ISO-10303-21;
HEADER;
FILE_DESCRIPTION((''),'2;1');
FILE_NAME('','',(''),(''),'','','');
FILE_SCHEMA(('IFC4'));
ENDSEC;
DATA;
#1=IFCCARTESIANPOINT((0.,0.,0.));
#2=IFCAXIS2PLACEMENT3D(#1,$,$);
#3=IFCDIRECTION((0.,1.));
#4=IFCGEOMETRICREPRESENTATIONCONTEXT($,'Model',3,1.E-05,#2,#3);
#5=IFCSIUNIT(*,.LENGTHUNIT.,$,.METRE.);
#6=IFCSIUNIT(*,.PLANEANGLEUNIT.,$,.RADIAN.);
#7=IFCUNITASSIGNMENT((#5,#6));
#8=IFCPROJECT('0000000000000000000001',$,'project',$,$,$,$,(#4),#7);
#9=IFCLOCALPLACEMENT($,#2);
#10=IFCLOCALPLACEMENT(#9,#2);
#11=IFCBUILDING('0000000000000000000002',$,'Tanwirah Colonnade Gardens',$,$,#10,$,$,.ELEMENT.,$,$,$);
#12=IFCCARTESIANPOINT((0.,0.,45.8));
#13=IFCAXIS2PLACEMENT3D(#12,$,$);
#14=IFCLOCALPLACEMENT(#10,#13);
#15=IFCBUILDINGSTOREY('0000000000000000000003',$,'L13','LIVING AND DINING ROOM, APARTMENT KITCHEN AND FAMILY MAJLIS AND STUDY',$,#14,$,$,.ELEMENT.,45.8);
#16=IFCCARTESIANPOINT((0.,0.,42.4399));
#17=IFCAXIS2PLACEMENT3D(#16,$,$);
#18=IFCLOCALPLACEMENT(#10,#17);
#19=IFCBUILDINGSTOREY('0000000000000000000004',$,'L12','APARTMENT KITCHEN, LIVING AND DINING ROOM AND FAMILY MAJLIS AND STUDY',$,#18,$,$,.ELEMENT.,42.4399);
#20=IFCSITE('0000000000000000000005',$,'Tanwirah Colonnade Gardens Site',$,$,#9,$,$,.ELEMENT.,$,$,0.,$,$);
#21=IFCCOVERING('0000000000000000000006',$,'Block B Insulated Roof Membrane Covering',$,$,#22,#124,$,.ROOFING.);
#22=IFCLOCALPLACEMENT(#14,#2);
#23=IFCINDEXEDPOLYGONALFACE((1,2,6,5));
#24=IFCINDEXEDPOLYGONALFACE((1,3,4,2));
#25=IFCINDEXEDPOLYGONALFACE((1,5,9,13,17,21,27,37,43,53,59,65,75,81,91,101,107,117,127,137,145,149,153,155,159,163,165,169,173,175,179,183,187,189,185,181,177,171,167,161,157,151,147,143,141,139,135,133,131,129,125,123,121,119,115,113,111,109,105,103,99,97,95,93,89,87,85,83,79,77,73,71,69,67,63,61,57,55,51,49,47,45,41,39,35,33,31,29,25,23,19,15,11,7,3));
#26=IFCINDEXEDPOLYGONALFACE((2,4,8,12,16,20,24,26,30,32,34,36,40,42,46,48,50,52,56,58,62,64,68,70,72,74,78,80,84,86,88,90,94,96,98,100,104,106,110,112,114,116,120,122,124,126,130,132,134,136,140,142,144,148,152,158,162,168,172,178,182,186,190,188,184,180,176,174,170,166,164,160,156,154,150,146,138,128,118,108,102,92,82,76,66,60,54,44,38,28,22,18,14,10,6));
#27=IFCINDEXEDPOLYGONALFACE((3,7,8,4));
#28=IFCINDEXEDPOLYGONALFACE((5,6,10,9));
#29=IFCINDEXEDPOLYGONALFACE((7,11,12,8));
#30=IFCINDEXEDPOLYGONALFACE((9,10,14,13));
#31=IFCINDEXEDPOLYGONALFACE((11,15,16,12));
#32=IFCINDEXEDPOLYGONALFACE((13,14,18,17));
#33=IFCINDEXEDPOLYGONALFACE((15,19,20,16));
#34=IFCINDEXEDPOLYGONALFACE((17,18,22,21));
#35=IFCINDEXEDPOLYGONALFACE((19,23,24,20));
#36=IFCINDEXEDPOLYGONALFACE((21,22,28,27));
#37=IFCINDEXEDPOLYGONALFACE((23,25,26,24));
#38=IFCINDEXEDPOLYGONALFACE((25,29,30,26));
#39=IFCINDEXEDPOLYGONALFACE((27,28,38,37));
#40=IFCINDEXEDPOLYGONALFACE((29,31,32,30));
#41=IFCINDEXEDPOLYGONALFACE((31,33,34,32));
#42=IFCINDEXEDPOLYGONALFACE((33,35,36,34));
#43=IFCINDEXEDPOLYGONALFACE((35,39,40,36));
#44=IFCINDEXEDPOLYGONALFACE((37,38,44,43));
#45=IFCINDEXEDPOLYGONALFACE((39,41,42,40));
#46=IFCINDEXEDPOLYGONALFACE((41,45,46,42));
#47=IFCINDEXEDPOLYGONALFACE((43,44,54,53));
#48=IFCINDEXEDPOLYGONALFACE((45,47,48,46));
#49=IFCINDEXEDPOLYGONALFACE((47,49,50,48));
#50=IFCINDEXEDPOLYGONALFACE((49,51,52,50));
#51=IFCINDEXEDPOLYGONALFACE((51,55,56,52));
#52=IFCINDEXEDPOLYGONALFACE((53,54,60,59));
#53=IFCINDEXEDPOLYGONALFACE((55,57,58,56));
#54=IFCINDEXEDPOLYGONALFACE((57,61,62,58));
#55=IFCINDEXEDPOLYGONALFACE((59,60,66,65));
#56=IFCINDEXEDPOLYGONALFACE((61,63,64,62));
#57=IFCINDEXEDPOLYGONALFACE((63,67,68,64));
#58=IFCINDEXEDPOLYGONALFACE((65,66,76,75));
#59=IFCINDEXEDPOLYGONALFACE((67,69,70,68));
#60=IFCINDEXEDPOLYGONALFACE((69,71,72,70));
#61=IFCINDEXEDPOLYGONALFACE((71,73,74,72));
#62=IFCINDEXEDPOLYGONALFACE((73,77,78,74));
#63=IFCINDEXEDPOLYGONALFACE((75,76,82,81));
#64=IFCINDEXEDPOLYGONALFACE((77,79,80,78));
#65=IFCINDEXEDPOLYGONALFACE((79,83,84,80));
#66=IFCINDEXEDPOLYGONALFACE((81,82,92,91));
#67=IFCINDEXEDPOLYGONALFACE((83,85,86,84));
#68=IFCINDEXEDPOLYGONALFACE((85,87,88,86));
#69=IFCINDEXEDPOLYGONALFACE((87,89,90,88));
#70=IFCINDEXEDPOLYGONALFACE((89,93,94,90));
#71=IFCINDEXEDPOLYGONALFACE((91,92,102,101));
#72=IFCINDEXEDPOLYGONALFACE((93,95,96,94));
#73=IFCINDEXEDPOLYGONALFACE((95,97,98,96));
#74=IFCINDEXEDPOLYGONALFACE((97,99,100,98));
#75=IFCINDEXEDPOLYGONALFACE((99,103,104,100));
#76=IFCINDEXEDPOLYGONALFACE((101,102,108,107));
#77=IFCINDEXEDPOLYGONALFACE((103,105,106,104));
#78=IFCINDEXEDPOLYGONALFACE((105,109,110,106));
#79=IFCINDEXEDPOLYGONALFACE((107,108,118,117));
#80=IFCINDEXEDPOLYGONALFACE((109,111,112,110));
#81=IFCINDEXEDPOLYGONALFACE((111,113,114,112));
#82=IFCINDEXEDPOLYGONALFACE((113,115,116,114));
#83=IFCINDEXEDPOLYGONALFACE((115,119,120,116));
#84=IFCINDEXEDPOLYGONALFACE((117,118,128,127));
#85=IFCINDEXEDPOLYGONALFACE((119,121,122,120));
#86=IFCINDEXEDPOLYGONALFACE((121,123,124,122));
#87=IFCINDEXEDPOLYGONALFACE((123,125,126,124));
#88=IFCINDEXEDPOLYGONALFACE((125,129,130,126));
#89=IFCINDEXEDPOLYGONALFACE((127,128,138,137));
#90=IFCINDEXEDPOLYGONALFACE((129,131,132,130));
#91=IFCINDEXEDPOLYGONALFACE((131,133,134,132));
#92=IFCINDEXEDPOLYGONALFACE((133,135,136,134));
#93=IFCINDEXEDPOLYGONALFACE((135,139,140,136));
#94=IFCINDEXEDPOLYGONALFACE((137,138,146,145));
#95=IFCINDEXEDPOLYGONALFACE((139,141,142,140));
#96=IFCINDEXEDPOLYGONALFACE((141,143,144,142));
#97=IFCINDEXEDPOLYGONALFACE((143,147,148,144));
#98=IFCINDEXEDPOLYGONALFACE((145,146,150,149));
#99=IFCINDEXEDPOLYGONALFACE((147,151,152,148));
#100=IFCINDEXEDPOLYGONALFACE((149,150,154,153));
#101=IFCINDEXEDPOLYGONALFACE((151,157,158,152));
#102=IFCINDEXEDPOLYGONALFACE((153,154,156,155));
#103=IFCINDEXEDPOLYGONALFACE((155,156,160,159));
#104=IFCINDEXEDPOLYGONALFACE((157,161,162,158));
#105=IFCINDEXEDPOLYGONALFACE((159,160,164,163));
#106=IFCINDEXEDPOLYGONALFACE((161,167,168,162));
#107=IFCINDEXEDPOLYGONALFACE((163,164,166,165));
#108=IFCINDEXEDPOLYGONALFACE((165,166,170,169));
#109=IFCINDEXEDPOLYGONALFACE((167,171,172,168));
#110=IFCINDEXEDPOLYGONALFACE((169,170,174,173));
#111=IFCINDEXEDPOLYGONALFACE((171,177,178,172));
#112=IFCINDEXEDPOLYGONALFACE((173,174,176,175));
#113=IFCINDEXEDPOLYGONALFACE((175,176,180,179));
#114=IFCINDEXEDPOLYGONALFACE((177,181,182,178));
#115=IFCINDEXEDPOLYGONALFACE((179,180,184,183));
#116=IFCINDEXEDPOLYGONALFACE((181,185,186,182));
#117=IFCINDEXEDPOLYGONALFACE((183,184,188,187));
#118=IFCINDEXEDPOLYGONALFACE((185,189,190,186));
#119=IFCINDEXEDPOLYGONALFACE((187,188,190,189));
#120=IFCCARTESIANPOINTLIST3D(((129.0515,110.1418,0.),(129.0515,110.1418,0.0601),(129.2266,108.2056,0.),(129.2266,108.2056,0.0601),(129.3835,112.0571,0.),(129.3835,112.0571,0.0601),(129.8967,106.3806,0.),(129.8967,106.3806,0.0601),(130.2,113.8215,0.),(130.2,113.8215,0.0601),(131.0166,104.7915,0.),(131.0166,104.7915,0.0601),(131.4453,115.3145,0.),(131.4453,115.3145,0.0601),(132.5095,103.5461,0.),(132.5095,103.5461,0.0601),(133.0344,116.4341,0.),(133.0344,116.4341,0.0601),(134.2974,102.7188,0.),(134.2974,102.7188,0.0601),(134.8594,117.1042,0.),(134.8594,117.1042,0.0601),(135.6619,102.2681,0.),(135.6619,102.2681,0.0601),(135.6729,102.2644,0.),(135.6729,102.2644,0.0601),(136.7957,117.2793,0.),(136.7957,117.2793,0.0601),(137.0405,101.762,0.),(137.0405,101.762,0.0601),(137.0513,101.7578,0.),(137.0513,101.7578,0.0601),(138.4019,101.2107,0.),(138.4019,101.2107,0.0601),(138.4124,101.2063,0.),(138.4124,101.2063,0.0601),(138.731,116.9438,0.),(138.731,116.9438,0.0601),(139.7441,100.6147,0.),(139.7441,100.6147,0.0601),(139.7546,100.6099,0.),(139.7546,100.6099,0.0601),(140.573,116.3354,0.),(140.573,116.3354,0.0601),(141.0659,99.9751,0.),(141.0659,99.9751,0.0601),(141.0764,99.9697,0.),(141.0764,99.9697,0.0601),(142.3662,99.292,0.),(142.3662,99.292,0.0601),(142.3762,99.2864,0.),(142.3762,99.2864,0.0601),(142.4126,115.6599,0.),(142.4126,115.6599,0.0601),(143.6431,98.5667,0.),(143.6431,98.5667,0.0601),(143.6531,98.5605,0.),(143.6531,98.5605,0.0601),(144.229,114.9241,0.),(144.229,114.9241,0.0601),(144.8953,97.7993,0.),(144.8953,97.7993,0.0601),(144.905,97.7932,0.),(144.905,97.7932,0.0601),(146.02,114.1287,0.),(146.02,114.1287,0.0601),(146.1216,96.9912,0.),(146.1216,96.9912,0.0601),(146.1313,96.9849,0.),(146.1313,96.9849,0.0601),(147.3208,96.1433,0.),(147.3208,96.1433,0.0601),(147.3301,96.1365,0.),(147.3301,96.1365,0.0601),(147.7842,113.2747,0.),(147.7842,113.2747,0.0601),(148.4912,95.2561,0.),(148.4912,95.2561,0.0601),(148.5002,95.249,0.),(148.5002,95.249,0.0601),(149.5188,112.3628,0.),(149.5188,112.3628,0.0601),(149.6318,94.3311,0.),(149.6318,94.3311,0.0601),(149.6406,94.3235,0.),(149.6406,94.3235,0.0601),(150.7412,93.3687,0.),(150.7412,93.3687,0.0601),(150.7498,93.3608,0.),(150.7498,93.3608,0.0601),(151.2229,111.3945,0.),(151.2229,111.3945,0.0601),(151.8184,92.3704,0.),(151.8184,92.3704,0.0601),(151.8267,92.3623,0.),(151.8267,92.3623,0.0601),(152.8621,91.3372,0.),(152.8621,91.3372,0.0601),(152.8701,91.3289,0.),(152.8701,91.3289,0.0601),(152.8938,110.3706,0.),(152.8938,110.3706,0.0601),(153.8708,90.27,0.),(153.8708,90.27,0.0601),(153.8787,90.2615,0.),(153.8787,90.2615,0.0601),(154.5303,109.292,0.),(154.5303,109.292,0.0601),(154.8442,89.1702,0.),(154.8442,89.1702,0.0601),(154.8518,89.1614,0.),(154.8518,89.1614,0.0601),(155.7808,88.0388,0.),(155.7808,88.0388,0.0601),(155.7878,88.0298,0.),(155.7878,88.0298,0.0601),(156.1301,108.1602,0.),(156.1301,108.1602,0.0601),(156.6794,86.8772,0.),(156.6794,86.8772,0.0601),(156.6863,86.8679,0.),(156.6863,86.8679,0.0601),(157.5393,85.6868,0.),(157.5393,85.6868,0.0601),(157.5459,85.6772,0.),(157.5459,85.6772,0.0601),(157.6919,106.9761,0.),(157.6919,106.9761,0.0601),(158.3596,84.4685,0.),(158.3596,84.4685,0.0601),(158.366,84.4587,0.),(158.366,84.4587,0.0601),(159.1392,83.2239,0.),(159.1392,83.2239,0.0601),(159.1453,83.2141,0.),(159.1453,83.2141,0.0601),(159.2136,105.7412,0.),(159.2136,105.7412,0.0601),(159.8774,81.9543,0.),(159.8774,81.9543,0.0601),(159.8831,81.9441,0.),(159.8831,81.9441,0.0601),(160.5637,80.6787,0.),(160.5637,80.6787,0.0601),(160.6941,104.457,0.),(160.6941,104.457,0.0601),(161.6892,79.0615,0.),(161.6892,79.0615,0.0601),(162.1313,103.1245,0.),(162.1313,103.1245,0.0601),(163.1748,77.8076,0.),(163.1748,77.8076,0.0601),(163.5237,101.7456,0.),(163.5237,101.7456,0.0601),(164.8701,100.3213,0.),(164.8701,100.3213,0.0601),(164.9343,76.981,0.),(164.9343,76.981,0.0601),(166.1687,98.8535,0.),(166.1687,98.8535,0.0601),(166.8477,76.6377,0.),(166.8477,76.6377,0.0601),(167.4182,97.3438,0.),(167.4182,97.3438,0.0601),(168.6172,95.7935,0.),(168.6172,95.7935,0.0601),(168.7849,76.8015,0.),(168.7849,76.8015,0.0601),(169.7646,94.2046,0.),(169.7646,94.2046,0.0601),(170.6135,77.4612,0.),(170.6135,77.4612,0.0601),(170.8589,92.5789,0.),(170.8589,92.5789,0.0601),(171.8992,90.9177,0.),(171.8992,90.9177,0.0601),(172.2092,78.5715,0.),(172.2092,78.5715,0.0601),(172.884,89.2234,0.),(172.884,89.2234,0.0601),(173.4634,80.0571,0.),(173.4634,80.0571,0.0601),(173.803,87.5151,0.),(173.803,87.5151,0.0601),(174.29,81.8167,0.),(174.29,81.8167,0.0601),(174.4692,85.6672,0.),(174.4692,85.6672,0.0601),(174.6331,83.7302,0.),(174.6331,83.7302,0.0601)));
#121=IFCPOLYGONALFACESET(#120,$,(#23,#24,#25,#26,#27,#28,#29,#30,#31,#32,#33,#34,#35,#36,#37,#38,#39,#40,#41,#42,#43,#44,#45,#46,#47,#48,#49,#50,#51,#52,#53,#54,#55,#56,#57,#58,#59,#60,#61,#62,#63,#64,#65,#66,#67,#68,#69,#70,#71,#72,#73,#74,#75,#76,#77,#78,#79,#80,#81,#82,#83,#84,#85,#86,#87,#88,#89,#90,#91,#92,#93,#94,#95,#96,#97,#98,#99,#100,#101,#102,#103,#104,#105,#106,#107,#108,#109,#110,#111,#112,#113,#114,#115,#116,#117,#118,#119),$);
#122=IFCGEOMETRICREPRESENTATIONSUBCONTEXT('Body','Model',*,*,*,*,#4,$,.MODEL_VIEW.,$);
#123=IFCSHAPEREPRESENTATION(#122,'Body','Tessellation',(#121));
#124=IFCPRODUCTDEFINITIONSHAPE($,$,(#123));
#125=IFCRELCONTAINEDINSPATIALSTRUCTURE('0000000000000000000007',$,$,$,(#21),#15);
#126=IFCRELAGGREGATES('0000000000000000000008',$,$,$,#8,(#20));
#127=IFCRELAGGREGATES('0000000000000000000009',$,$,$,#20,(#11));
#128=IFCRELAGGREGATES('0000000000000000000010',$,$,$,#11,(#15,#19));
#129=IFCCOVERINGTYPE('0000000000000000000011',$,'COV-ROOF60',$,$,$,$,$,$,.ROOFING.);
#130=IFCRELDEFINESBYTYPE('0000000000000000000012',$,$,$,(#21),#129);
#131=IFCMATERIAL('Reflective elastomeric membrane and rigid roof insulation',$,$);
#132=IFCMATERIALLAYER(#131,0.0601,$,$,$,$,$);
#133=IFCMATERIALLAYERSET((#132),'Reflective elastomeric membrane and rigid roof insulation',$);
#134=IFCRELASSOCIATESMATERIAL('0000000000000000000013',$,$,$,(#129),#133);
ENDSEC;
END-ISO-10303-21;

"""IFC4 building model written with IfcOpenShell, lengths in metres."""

from ifc_helpers import new_model, si_unit, direction, frame, origin, place, context, subcontext, project, spatial, polyline, outline, extrude, material, layer, layer_set, type_object, element, save


model = new_model("IFC4")

# Units and contexts
model_context = context("Model", 3, precision=1e-05, world=origin(), true_north=direction((0.0, 1.0)))
body_context = subcontext(model_context, "Body", "Model", "MODEL_VIEW")
ifc_project = project(units=[si_unit("LENGTHUNIT", "METRE"), si_unit("PLANEANGLEUNIT", "RADIAN")], contexts=[model_context])

# Site, building, storey
site_placement = place(None, origin())
site = spatial("IfcSite", under=ifc_project, at=site_placement, Name="Tanwirah Colonnade Gardens Site", CompositionType="ELEMENT", RefElevation=0.0)
building_placement = place(site_placement, origin())
building = spatial("IfcBuilding", under=site, at=building_placement, Name="Tanwirah Colonnade Gardens", CompositionType="ELEMENT")
storey_1_placement = place(building_placement, frame((0.0, 0.0, 45.8)))
storey_1 = spatial("IfcBuildingStorey", under=building, at=storey_1_placement, Name="L13", Description="LIVING AND DINING ROOM, APARTMENT KITCHEN AND FAMILY MAJLIS AND STUDY", CompositionType="ELEMENT", Elevation=45.8)

# Shared definitions
storey_2_placement = place(building_placement, frame((0.0, 0.0, 42.4399)))
storey_2 = spatial("IfcBuildingStorey", under=building, at=storey_2_placement, Name="L12", Description="APARTMENT KITCHEN, LIVING AND DINING ROOM AND FAMILY MAJLIS AND STUDY", CompositionType="ELEMENT", Elevation=42.4399)

# Covering
ifc_material_1 = material(Name="Reflective elastomeric membrane and rigid roof insulation")
ifc_layer_1 = layer(ifc_material_1, 0.0601)
ifc_layer_set_1 = layer_set([ifc_layer_1], Name="Reflective elastomeric membrane and rigid roof insulation")
covering_type = type_object("IfcCoveringType", Name="COV-ROOF60", PredefinedType="ROOFING", material=ifc_layer_set_1)
covering_placement = place(storey_1_placement, origin())
element("IfcCovering", 1, at=covering_placement, inside=storey_1, type_object=covering_type, Name="Block B Insulated Roof Membrane Covering", PredefinedType="ROOFING", context=body_context, shape_type="SweptSolid", body=[
    extrude(outline(polyline([(161.6892, 79.0615), (160.5637, 80.6787), (159.8831, 81.9441), (159.8774, 81.9543), (159.1453, 83.2141), (159.1392, 83.2239), (158.366, 84.4587), (158.3596, 84.4685), (157.5459, 85.6772), (157.5393, 85.6868), (156.6863, 86.8679), (156.6794, 86.8772), (155.7878, 88.0298), (155.7808, 88.0388), (154.8518, 89.1614), (154.8442, 89.1702), (153.8787, 90.2615), (153.8708, 90.27), (152.8701, 91.3289), (152.8621, 91.3372), (151.8267, 92.3623), (151.8184, 92.3704), (150.7498, 93.3608), (150.7412, 93.3687), (149.6406, 94.3235), (149.6318, 94.3311), (148.5002, 95.249), (148.4912, 95.2561), (147.3301, 96.1365), (147.3208, 96.1433), (146.1313, 96.9849), (146.1216, 96.9912), (144.905, 97.7932), (144.8953, 97.7993), (143.6531, 98.5605), (143.6431, 98.5667), (142.3762, 99.2864), (142.3662, 99.292), (141.0764, 99.9697), (141.0659, 99.9751), (139.7546, 100.6099), (139.7441, 100.6147), (138.4124, 101.2063), (138.4019, 101.2107), (137.0513, 101.7578), (137.0405, 101.762), (135.6729, 102.2644), (135.6619, 102.2681), (134.2974, 102.7188), (132.5095, 103.5461), (131.0166, 104.7915), (129.8967, 106.3806), (129.2266, 108.2056), (129.0515, 110.1418), (129.3835, 112.0571), (130.2, 113.8215), (131.4453, 115.3145), (133.0344, 116.4341), (134.8594, 117.1042), (136.7957, 117.2793), (138.731, 116.9438), (140.573, 116.3354), (142.4126, 115.6599), (144.229, 114.9241), (146.02, 114.1287), (147.7842, 113.2747), (149.5188, 112.3628), (151.2229, 111.3945), (152.8938, 110.3706), (154.5303, 109.292), (156.1301, 108.1602), (157.6919, 106.9761), (159.2136, 105.7412), (160.6941, 104.457), (162.1313, 103.1245), (163.5237, 101.7456), (164.8701, 100.3213), (166.1687, 98.8535), (167.4182, 97.3438), (168.6172, 95.7935), (169.7646, 94.2046), (170.8589, 92.5789), (171.8992, 90.9177), (172.884, 89.2234), (173.803, 87.5151), (174.4692, 85.6672), (174.6331, 83.7302), (174.29, 81.8167), (173.4634, 80.0571), (172.2092, 78.5715), (170.6135, 77.4612), (168.7849, 76.8015), (166.8477, 76.6377), (164.9343, 76.981), (163.1748, 77.8076), (161.6892, 79.0615)])), origin(), (0.0, 0.0, 1.0), 0.0601),
])

save(model, "model.ifc")
